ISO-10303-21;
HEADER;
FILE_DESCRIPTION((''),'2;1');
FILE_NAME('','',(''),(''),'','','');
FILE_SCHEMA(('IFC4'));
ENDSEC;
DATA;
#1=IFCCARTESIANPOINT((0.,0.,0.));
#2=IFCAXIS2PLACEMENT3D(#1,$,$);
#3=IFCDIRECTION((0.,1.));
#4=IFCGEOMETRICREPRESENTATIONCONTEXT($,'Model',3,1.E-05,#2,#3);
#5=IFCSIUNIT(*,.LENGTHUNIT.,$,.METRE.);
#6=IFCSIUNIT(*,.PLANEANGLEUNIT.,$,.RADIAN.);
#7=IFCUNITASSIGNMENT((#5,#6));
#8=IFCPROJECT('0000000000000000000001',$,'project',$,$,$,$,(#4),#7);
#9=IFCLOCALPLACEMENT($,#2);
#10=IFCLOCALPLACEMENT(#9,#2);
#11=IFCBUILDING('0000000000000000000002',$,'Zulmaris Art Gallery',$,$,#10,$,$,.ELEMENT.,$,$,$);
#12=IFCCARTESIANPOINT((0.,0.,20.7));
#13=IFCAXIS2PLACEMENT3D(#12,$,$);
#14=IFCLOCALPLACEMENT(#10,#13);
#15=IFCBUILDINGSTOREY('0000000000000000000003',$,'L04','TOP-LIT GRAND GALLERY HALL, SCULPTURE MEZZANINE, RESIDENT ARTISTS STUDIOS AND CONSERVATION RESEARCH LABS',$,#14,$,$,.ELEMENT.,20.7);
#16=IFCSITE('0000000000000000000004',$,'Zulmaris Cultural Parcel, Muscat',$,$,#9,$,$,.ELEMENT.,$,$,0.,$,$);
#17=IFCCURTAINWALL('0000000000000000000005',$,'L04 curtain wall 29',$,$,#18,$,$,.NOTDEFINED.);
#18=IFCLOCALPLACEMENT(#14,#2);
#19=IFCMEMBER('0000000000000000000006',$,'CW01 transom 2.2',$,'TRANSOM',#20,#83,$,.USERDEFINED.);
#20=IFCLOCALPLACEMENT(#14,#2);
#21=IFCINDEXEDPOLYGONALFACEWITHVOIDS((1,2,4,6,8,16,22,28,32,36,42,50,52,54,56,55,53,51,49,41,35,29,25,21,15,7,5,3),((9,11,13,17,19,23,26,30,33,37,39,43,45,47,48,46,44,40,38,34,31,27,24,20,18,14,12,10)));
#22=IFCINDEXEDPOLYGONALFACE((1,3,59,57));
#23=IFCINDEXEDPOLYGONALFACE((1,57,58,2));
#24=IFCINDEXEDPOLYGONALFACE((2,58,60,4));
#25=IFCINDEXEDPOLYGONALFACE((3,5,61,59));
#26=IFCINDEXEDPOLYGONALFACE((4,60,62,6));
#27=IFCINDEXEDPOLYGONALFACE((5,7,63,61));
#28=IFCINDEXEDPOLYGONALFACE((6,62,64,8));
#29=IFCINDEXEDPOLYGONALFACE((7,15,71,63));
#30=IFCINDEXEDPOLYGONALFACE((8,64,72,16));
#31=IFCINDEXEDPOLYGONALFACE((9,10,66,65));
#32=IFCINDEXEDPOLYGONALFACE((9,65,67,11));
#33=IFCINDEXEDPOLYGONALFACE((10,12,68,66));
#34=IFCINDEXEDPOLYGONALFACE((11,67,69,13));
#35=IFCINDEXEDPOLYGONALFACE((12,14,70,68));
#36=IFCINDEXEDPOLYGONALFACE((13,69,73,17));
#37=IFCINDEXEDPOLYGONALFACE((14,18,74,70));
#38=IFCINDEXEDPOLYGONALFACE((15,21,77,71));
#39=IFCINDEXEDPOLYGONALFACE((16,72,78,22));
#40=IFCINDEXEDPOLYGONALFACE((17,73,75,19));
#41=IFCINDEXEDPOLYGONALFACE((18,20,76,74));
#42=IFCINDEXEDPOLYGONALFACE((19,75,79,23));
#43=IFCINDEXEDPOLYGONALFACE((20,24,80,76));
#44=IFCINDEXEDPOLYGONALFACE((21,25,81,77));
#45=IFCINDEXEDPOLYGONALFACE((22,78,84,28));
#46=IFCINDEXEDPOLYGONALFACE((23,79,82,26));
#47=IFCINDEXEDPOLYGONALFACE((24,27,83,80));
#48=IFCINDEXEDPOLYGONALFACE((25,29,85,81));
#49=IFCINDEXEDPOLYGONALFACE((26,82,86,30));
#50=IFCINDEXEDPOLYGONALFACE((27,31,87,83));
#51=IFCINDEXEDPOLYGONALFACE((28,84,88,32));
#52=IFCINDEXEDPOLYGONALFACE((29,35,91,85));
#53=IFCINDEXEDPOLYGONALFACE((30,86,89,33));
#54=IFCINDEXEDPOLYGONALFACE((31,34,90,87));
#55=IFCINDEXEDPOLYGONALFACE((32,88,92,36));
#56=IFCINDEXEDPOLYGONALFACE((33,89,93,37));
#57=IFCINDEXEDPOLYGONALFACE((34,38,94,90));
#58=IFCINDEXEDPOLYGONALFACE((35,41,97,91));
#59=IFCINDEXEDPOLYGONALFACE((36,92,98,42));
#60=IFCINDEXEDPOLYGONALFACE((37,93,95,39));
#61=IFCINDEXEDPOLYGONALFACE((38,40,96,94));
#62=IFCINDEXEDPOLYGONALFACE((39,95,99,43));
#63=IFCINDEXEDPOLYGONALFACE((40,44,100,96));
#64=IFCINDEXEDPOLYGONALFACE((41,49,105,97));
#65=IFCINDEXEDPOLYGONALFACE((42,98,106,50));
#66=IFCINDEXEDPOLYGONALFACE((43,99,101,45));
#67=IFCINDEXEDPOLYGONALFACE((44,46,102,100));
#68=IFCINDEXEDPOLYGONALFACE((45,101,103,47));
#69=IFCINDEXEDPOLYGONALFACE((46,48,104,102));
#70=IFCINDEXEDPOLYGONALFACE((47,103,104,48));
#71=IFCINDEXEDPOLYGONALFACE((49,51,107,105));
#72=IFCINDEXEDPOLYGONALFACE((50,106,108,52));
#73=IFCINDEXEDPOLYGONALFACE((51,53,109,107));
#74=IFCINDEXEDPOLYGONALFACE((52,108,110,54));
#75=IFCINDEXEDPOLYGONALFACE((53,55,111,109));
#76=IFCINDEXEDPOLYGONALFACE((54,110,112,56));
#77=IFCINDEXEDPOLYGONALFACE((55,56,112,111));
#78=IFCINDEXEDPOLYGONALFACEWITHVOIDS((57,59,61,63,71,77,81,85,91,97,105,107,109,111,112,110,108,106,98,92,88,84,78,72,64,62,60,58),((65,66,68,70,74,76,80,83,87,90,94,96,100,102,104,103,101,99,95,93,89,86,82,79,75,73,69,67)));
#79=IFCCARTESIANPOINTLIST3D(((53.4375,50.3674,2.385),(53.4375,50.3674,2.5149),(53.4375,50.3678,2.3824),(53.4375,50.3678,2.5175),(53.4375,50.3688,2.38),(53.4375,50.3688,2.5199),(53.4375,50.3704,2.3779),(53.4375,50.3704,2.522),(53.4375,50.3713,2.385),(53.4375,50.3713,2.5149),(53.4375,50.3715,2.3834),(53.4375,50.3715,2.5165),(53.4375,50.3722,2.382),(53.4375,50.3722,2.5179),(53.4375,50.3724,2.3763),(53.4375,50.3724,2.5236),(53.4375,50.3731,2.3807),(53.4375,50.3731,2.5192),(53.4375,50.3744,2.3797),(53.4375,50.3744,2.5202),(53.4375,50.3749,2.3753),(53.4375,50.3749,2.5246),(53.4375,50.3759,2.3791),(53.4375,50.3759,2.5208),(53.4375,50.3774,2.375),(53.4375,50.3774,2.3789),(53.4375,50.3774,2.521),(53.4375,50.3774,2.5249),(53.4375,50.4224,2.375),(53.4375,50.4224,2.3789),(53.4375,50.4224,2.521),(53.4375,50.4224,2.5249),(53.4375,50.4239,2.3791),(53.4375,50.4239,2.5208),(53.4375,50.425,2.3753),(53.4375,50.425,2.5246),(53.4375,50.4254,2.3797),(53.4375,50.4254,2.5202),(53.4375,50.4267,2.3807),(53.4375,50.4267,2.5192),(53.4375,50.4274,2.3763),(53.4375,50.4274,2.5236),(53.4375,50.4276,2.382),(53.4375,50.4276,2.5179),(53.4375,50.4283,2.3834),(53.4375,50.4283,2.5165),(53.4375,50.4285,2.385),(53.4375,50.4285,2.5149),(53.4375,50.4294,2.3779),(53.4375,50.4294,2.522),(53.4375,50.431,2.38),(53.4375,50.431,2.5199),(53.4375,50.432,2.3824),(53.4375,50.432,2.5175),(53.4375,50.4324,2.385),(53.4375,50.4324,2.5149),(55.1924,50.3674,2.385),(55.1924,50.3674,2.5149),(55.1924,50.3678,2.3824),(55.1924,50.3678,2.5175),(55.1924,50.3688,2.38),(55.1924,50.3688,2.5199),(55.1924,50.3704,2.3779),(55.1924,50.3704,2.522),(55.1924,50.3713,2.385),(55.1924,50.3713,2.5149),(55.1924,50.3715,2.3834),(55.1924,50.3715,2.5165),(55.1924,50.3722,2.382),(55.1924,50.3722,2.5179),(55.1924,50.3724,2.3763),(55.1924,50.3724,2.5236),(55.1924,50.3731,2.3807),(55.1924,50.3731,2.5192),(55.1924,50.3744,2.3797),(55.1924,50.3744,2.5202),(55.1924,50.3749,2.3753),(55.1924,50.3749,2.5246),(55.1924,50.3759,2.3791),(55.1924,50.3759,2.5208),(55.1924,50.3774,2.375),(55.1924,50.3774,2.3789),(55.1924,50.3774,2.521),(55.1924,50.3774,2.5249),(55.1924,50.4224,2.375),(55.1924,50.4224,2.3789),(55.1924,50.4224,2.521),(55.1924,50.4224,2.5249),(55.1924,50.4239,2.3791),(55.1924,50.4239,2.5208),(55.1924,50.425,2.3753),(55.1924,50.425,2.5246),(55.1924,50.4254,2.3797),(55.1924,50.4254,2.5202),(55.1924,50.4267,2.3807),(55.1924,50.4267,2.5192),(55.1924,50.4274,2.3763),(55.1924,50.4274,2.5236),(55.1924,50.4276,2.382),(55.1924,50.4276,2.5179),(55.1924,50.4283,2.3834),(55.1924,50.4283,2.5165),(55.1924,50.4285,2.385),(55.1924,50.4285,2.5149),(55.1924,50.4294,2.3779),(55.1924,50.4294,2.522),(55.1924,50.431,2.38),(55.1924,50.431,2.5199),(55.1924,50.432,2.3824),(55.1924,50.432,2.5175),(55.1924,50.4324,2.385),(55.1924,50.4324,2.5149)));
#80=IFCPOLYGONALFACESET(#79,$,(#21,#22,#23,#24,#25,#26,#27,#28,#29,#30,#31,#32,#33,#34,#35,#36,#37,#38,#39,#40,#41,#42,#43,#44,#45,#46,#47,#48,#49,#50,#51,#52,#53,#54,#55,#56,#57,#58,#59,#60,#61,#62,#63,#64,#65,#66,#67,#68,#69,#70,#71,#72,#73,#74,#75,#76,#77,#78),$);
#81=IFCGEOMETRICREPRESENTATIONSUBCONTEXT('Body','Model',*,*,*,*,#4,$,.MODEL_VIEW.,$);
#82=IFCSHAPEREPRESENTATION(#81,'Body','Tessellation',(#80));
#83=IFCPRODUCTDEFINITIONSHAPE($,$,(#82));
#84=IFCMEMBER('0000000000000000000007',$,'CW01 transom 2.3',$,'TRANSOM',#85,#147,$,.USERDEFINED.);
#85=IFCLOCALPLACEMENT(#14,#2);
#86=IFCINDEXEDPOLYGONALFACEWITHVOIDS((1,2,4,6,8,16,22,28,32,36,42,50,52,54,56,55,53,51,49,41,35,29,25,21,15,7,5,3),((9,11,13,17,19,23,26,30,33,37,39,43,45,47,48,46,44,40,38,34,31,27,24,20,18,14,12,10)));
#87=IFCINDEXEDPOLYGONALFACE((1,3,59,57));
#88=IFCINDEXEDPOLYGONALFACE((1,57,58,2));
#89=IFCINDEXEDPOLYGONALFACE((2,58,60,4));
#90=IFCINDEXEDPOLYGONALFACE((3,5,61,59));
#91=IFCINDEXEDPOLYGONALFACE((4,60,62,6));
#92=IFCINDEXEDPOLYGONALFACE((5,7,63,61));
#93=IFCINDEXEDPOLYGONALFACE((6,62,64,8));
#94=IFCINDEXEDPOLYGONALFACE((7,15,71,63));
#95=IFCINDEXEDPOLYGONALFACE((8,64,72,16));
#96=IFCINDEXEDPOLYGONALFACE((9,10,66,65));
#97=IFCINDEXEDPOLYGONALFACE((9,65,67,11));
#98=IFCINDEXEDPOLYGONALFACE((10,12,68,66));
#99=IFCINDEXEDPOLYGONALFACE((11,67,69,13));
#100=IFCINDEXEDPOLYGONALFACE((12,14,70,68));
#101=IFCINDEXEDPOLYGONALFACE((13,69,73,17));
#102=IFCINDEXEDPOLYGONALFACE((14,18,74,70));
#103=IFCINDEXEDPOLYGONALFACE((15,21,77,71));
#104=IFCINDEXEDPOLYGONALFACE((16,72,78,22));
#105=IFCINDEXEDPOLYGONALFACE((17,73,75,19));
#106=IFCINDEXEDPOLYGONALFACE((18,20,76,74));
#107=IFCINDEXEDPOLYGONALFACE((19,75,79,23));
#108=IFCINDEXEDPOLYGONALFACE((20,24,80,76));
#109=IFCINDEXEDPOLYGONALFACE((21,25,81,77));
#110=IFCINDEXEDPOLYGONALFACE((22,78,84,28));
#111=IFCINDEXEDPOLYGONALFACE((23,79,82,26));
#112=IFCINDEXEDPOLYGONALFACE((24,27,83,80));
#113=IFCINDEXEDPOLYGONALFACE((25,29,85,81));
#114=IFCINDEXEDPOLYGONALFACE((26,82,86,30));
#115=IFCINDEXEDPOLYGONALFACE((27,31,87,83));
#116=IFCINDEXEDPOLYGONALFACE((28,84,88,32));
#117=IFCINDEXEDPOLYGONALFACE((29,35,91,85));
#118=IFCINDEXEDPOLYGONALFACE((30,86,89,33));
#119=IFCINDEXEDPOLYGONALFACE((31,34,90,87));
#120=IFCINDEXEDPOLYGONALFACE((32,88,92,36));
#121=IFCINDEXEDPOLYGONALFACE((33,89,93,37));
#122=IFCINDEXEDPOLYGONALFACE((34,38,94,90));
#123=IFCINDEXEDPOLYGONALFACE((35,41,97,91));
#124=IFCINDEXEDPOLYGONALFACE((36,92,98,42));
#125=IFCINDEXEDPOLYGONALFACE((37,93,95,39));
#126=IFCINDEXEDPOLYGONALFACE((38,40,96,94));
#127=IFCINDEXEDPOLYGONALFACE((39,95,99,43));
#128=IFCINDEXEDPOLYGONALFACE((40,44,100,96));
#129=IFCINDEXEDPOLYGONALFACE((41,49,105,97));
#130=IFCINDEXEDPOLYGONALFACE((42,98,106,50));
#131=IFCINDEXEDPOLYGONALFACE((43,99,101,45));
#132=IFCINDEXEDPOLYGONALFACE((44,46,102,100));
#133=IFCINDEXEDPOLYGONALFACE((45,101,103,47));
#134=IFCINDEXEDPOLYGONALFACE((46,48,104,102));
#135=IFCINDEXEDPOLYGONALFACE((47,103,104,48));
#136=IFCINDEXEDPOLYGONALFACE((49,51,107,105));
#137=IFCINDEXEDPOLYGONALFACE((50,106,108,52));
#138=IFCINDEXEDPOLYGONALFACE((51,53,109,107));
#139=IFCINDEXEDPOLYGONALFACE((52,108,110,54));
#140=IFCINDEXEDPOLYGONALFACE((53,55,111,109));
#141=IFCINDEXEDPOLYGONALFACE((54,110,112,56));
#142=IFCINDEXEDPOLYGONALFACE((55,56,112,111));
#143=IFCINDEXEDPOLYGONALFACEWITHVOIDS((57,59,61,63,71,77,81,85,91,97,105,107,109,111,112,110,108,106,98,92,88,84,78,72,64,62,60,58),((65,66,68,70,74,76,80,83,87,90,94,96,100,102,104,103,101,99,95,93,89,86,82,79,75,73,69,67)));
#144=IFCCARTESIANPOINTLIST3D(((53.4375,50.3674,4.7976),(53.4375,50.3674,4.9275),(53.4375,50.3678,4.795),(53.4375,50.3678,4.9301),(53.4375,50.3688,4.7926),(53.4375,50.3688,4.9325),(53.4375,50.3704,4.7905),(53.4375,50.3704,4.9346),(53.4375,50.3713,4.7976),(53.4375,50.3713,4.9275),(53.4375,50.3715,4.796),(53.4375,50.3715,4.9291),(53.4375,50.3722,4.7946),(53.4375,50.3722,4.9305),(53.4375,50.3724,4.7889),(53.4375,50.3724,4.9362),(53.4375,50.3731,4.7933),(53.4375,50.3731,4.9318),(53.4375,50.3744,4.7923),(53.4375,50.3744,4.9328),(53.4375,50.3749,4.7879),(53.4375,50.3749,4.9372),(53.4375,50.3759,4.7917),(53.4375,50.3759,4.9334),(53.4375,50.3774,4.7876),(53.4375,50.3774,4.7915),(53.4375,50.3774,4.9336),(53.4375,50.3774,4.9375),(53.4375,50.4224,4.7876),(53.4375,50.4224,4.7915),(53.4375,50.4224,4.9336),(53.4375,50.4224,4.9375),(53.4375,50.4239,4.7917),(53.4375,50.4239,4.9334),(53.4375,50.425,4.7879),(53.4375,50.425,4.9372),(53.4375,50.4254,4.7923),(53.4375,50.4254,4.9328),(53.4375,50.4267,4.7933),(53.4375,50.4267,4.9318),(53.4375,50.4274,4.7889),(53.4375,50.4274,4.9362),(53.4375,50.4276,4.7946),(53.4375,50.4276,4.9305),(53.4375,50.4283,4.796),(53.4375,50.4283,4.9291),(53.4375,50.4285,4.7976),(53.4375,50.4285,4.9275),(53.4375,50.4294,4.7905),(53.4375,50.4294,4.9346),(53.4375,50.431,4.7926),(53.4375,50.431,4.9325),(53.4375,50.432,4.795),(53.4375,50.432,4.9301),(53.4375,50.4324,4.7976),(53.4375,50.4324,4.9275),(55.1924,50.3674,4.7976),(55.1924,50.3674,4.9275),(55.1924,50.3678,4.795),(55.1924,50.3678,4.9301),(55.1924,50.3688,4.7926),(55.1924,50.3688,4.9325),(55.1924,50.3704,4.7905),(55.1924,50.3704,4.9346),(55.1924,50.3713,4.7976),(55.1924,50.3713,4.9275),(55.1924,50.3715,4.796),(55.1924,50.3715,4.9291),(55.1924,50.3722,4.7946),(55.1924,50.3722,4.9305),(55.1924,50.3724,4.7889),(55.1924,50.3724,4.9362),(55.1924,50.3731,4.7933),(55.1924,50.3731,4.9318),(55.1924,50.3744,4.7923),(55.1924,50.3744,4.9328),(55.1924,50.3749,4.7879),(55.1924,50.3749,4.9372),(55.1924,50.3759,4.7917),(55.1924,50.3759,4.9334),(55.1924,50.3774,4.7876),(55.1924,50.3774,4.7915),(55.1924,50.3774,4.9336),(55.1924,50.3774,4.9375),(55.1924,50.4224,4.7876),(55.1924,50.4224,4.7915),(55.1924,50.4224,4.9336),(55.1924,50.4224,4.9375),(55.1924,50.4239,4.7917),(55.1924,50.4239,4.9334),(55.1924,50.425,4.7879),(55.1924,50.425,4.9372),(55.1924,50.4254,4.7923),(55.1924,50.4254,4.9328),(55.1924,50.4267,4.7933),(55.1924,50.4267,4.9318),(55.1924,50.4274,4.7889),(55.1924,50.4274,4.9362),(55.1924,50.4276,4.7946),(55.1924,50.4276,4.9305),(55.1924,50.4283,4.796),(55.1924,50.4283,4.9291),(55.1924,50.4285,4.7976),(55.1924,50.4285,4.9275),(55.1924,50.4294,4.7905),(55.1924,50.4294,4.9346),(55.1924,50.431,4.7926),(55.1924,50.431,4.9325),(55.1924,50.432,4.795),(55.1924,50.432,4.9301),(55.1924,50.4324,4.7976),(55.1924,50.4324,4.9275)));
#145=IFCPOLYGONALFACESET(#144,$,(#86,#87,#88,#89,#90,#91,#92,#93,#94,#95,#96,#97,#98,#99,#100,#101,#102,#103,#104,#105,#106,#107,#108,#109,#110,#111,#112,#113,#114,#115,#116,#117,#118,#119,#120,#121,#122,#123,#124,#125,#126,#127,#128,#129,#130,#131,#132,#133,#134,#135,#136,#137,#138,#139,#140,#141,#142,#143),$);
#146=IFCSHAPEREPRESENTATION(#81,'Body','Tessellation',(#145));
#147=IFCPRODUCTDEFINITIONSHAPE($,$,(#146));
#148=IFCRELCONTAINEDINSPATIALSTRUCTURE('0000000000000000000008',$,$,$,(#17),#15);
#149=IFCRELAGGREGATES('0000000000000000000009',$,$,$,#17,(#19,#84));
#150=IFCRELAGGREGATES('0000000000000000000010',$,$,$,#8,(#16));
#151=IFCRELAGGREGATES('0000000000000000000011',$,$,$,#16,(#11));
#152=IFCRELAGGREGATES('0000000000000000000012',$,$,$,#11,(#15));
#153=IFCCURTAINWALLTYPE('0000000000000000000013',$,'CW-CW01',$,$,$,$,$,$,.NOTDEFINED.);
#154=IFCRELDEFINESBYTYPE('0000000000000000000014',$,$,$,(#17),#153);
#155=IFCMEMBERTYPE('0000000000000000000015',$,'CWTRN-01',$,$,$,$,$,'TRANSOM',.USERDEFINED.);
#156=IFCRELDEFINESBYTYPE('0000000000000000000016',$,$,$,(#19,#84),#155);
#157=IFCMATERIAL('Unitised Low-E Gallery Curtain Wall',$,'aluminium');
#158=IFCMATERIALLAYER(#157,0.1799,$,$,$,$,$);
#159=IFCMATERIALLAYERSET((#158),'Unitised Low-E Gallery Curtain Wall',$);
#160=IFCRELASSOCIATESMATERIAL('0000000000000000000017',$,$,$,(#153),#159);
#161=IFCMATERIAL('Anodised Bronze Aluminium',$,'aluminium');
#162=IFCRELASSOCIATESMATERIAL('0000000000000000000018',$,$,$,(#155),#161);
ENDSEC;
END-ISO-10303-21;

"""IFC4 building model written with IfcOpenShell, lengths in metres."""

from ifc_helpers import new_model, si_unit, direction, frame, origin, origin_2d, place, context, subcontext, project, spatial, hollow_rectangle, extrude, material, layer, layer_set, material_profile, profile_set, type_object, element, aggregate, save


model = new_model("IFC4")

# Units and contexts
model_context = context("Model", 3, precision=1e-05, world=origin(), true_north=direction((0.0, 1.0)))
body_context = subcontext(model_context, "Body", "Model", "MODEL_VIEW")
ifc_project = project(units=[si_unit("LENGTHUNIT", "METRE"), si_unit("PLANEANGLEUNIT", "RADIAN")], contexts=[model_context])

# Site, building, storey
site_placement = place(None, origin())
site = spatial("IfcSite", under=ifc_project, at=site_placement, Name="Zulmaris Cultural Parcel, Muscat", CompositionType="ELEMENT", RefElevation=0.0)
building_placement = place(site_placement, origin())
building = spatial("IfcBuilding", under=site, at=building_placement, Name="Zulmaris Art Gallery", CompositionType="ELEMENT")
storey_placement = place(building_placement, frame((0.0, 0.0, 20.7)))
storey = spatial("IfcBuildingStorey", under=building, at=storey_placement, Name="L04", Description="TOP-LIT GRAND GALLERY HALL, SCULPTURE MEZZANINE, RESIDENT ARTISTS STUDIOS AND CONSERVATION RESEARCH LABS", CompositionType="ELEMENT", Elevation=20.7)

# Shared definitions
ifc_material_1 = material(Name="Unitised Low-E Gallery Curtain Wall", Category="aluminium")
ifc_layer_1 = layer(ifc_material_1, 0.1799)
ifc_layer_set_1 = layer_set([ifc_layer_1], Name="Unitised Low-E Gallery Curtain Wall")
curtain_wall_type = type_object("IfcCurtainWallType", Name="CW-CW01", PredefinedType="NOTDEFINED", material=ifc_layer_set_1)
ifc_material_2 = material(Name="Anodised Bronze Aluminium", Category="aluminium")

# Curtain wall
curtain_wall_1_placement = place(storey_placement, origin())
curtain_wall_1 = element("IfcCurtainWall", 1, at=curtain_wall_1_placement, inside=storey, type_object=curtain_wall_type, Name="L04 curtain wall 29", PredefinedType="NOTDEFINED")

# Members
ifc_material_profile_1 = material_profile(ifc_material_2, hollow_rectangle(XDim=0.0649, YDim=0.1499, WallThickness=0.0039, InnerFilletRadius=0.0061, OuterFilletRadius=0.01, at=origin_2d()), Name="ALU 65x150x4")
ifc_profile_set_1 = profile_set([ifc_material_profile_1], Name="Anodised Bronze Aluminium")
member_type_1 = type_object("IfcMemberType", Name="CWTRN-01", ElementType="TRANSOM", PredefinedType="USERDEFINED", material=ifc_profile_set_1)
member_1_placement = place(storey_placement, frame((55.1924, 50.3999, 2.45), z_axis=(-1.0, 0.0, 0.0), x_axis=(0.0, -1.0, 0.0)))
member_1 = element("IfcMember", 2, at=member_1_placement, type_object=member_type_1, Name="CW01 transom 2.2", ObjectType="TRANSOM", PredefinedType="USERDEFINED", context=body_context, shape_type="SweptSolid", body=[
    extrude(hollow_rectangle(XDim=0.0649, YDim=0.1499, WallThickness=0.0039, InnerFilletRadius=0.0061, OuterFilletRadius=0.01, at=origin_2d()), origin(), (0.0, 0.0, 1.0), 1.7549),
])
member_2_placement = place(storey_placement, frame((55.1924, 50.3999, 4.8625), z_axis=(-1.0, 0.0, 0.0), x_axis=(0.0, -1.0, 0.0)))
member_2 = element("IfcMember", 3, at=member_2_placement, type_object=member_type_1, Name="CW01 transom 2.3", ObjectType="TRANSOM", PredefinedType="USERDEFINED", context=body_context, shape_type="SweptSolid", body=[
    extrude(hollow_rectangle(XDim=0.0649, YDim=0.1499, WallThickness=0.0039, InnerFilletRadius=0.0061, OuterFilletRadius=0.01, at=origin_2d()), origin(), (0.0, 0.0, 1.0), 1.7549),
])

aggregate(curtain_wall_1, [member_1, member_2])

save(model, "model.ifc")
